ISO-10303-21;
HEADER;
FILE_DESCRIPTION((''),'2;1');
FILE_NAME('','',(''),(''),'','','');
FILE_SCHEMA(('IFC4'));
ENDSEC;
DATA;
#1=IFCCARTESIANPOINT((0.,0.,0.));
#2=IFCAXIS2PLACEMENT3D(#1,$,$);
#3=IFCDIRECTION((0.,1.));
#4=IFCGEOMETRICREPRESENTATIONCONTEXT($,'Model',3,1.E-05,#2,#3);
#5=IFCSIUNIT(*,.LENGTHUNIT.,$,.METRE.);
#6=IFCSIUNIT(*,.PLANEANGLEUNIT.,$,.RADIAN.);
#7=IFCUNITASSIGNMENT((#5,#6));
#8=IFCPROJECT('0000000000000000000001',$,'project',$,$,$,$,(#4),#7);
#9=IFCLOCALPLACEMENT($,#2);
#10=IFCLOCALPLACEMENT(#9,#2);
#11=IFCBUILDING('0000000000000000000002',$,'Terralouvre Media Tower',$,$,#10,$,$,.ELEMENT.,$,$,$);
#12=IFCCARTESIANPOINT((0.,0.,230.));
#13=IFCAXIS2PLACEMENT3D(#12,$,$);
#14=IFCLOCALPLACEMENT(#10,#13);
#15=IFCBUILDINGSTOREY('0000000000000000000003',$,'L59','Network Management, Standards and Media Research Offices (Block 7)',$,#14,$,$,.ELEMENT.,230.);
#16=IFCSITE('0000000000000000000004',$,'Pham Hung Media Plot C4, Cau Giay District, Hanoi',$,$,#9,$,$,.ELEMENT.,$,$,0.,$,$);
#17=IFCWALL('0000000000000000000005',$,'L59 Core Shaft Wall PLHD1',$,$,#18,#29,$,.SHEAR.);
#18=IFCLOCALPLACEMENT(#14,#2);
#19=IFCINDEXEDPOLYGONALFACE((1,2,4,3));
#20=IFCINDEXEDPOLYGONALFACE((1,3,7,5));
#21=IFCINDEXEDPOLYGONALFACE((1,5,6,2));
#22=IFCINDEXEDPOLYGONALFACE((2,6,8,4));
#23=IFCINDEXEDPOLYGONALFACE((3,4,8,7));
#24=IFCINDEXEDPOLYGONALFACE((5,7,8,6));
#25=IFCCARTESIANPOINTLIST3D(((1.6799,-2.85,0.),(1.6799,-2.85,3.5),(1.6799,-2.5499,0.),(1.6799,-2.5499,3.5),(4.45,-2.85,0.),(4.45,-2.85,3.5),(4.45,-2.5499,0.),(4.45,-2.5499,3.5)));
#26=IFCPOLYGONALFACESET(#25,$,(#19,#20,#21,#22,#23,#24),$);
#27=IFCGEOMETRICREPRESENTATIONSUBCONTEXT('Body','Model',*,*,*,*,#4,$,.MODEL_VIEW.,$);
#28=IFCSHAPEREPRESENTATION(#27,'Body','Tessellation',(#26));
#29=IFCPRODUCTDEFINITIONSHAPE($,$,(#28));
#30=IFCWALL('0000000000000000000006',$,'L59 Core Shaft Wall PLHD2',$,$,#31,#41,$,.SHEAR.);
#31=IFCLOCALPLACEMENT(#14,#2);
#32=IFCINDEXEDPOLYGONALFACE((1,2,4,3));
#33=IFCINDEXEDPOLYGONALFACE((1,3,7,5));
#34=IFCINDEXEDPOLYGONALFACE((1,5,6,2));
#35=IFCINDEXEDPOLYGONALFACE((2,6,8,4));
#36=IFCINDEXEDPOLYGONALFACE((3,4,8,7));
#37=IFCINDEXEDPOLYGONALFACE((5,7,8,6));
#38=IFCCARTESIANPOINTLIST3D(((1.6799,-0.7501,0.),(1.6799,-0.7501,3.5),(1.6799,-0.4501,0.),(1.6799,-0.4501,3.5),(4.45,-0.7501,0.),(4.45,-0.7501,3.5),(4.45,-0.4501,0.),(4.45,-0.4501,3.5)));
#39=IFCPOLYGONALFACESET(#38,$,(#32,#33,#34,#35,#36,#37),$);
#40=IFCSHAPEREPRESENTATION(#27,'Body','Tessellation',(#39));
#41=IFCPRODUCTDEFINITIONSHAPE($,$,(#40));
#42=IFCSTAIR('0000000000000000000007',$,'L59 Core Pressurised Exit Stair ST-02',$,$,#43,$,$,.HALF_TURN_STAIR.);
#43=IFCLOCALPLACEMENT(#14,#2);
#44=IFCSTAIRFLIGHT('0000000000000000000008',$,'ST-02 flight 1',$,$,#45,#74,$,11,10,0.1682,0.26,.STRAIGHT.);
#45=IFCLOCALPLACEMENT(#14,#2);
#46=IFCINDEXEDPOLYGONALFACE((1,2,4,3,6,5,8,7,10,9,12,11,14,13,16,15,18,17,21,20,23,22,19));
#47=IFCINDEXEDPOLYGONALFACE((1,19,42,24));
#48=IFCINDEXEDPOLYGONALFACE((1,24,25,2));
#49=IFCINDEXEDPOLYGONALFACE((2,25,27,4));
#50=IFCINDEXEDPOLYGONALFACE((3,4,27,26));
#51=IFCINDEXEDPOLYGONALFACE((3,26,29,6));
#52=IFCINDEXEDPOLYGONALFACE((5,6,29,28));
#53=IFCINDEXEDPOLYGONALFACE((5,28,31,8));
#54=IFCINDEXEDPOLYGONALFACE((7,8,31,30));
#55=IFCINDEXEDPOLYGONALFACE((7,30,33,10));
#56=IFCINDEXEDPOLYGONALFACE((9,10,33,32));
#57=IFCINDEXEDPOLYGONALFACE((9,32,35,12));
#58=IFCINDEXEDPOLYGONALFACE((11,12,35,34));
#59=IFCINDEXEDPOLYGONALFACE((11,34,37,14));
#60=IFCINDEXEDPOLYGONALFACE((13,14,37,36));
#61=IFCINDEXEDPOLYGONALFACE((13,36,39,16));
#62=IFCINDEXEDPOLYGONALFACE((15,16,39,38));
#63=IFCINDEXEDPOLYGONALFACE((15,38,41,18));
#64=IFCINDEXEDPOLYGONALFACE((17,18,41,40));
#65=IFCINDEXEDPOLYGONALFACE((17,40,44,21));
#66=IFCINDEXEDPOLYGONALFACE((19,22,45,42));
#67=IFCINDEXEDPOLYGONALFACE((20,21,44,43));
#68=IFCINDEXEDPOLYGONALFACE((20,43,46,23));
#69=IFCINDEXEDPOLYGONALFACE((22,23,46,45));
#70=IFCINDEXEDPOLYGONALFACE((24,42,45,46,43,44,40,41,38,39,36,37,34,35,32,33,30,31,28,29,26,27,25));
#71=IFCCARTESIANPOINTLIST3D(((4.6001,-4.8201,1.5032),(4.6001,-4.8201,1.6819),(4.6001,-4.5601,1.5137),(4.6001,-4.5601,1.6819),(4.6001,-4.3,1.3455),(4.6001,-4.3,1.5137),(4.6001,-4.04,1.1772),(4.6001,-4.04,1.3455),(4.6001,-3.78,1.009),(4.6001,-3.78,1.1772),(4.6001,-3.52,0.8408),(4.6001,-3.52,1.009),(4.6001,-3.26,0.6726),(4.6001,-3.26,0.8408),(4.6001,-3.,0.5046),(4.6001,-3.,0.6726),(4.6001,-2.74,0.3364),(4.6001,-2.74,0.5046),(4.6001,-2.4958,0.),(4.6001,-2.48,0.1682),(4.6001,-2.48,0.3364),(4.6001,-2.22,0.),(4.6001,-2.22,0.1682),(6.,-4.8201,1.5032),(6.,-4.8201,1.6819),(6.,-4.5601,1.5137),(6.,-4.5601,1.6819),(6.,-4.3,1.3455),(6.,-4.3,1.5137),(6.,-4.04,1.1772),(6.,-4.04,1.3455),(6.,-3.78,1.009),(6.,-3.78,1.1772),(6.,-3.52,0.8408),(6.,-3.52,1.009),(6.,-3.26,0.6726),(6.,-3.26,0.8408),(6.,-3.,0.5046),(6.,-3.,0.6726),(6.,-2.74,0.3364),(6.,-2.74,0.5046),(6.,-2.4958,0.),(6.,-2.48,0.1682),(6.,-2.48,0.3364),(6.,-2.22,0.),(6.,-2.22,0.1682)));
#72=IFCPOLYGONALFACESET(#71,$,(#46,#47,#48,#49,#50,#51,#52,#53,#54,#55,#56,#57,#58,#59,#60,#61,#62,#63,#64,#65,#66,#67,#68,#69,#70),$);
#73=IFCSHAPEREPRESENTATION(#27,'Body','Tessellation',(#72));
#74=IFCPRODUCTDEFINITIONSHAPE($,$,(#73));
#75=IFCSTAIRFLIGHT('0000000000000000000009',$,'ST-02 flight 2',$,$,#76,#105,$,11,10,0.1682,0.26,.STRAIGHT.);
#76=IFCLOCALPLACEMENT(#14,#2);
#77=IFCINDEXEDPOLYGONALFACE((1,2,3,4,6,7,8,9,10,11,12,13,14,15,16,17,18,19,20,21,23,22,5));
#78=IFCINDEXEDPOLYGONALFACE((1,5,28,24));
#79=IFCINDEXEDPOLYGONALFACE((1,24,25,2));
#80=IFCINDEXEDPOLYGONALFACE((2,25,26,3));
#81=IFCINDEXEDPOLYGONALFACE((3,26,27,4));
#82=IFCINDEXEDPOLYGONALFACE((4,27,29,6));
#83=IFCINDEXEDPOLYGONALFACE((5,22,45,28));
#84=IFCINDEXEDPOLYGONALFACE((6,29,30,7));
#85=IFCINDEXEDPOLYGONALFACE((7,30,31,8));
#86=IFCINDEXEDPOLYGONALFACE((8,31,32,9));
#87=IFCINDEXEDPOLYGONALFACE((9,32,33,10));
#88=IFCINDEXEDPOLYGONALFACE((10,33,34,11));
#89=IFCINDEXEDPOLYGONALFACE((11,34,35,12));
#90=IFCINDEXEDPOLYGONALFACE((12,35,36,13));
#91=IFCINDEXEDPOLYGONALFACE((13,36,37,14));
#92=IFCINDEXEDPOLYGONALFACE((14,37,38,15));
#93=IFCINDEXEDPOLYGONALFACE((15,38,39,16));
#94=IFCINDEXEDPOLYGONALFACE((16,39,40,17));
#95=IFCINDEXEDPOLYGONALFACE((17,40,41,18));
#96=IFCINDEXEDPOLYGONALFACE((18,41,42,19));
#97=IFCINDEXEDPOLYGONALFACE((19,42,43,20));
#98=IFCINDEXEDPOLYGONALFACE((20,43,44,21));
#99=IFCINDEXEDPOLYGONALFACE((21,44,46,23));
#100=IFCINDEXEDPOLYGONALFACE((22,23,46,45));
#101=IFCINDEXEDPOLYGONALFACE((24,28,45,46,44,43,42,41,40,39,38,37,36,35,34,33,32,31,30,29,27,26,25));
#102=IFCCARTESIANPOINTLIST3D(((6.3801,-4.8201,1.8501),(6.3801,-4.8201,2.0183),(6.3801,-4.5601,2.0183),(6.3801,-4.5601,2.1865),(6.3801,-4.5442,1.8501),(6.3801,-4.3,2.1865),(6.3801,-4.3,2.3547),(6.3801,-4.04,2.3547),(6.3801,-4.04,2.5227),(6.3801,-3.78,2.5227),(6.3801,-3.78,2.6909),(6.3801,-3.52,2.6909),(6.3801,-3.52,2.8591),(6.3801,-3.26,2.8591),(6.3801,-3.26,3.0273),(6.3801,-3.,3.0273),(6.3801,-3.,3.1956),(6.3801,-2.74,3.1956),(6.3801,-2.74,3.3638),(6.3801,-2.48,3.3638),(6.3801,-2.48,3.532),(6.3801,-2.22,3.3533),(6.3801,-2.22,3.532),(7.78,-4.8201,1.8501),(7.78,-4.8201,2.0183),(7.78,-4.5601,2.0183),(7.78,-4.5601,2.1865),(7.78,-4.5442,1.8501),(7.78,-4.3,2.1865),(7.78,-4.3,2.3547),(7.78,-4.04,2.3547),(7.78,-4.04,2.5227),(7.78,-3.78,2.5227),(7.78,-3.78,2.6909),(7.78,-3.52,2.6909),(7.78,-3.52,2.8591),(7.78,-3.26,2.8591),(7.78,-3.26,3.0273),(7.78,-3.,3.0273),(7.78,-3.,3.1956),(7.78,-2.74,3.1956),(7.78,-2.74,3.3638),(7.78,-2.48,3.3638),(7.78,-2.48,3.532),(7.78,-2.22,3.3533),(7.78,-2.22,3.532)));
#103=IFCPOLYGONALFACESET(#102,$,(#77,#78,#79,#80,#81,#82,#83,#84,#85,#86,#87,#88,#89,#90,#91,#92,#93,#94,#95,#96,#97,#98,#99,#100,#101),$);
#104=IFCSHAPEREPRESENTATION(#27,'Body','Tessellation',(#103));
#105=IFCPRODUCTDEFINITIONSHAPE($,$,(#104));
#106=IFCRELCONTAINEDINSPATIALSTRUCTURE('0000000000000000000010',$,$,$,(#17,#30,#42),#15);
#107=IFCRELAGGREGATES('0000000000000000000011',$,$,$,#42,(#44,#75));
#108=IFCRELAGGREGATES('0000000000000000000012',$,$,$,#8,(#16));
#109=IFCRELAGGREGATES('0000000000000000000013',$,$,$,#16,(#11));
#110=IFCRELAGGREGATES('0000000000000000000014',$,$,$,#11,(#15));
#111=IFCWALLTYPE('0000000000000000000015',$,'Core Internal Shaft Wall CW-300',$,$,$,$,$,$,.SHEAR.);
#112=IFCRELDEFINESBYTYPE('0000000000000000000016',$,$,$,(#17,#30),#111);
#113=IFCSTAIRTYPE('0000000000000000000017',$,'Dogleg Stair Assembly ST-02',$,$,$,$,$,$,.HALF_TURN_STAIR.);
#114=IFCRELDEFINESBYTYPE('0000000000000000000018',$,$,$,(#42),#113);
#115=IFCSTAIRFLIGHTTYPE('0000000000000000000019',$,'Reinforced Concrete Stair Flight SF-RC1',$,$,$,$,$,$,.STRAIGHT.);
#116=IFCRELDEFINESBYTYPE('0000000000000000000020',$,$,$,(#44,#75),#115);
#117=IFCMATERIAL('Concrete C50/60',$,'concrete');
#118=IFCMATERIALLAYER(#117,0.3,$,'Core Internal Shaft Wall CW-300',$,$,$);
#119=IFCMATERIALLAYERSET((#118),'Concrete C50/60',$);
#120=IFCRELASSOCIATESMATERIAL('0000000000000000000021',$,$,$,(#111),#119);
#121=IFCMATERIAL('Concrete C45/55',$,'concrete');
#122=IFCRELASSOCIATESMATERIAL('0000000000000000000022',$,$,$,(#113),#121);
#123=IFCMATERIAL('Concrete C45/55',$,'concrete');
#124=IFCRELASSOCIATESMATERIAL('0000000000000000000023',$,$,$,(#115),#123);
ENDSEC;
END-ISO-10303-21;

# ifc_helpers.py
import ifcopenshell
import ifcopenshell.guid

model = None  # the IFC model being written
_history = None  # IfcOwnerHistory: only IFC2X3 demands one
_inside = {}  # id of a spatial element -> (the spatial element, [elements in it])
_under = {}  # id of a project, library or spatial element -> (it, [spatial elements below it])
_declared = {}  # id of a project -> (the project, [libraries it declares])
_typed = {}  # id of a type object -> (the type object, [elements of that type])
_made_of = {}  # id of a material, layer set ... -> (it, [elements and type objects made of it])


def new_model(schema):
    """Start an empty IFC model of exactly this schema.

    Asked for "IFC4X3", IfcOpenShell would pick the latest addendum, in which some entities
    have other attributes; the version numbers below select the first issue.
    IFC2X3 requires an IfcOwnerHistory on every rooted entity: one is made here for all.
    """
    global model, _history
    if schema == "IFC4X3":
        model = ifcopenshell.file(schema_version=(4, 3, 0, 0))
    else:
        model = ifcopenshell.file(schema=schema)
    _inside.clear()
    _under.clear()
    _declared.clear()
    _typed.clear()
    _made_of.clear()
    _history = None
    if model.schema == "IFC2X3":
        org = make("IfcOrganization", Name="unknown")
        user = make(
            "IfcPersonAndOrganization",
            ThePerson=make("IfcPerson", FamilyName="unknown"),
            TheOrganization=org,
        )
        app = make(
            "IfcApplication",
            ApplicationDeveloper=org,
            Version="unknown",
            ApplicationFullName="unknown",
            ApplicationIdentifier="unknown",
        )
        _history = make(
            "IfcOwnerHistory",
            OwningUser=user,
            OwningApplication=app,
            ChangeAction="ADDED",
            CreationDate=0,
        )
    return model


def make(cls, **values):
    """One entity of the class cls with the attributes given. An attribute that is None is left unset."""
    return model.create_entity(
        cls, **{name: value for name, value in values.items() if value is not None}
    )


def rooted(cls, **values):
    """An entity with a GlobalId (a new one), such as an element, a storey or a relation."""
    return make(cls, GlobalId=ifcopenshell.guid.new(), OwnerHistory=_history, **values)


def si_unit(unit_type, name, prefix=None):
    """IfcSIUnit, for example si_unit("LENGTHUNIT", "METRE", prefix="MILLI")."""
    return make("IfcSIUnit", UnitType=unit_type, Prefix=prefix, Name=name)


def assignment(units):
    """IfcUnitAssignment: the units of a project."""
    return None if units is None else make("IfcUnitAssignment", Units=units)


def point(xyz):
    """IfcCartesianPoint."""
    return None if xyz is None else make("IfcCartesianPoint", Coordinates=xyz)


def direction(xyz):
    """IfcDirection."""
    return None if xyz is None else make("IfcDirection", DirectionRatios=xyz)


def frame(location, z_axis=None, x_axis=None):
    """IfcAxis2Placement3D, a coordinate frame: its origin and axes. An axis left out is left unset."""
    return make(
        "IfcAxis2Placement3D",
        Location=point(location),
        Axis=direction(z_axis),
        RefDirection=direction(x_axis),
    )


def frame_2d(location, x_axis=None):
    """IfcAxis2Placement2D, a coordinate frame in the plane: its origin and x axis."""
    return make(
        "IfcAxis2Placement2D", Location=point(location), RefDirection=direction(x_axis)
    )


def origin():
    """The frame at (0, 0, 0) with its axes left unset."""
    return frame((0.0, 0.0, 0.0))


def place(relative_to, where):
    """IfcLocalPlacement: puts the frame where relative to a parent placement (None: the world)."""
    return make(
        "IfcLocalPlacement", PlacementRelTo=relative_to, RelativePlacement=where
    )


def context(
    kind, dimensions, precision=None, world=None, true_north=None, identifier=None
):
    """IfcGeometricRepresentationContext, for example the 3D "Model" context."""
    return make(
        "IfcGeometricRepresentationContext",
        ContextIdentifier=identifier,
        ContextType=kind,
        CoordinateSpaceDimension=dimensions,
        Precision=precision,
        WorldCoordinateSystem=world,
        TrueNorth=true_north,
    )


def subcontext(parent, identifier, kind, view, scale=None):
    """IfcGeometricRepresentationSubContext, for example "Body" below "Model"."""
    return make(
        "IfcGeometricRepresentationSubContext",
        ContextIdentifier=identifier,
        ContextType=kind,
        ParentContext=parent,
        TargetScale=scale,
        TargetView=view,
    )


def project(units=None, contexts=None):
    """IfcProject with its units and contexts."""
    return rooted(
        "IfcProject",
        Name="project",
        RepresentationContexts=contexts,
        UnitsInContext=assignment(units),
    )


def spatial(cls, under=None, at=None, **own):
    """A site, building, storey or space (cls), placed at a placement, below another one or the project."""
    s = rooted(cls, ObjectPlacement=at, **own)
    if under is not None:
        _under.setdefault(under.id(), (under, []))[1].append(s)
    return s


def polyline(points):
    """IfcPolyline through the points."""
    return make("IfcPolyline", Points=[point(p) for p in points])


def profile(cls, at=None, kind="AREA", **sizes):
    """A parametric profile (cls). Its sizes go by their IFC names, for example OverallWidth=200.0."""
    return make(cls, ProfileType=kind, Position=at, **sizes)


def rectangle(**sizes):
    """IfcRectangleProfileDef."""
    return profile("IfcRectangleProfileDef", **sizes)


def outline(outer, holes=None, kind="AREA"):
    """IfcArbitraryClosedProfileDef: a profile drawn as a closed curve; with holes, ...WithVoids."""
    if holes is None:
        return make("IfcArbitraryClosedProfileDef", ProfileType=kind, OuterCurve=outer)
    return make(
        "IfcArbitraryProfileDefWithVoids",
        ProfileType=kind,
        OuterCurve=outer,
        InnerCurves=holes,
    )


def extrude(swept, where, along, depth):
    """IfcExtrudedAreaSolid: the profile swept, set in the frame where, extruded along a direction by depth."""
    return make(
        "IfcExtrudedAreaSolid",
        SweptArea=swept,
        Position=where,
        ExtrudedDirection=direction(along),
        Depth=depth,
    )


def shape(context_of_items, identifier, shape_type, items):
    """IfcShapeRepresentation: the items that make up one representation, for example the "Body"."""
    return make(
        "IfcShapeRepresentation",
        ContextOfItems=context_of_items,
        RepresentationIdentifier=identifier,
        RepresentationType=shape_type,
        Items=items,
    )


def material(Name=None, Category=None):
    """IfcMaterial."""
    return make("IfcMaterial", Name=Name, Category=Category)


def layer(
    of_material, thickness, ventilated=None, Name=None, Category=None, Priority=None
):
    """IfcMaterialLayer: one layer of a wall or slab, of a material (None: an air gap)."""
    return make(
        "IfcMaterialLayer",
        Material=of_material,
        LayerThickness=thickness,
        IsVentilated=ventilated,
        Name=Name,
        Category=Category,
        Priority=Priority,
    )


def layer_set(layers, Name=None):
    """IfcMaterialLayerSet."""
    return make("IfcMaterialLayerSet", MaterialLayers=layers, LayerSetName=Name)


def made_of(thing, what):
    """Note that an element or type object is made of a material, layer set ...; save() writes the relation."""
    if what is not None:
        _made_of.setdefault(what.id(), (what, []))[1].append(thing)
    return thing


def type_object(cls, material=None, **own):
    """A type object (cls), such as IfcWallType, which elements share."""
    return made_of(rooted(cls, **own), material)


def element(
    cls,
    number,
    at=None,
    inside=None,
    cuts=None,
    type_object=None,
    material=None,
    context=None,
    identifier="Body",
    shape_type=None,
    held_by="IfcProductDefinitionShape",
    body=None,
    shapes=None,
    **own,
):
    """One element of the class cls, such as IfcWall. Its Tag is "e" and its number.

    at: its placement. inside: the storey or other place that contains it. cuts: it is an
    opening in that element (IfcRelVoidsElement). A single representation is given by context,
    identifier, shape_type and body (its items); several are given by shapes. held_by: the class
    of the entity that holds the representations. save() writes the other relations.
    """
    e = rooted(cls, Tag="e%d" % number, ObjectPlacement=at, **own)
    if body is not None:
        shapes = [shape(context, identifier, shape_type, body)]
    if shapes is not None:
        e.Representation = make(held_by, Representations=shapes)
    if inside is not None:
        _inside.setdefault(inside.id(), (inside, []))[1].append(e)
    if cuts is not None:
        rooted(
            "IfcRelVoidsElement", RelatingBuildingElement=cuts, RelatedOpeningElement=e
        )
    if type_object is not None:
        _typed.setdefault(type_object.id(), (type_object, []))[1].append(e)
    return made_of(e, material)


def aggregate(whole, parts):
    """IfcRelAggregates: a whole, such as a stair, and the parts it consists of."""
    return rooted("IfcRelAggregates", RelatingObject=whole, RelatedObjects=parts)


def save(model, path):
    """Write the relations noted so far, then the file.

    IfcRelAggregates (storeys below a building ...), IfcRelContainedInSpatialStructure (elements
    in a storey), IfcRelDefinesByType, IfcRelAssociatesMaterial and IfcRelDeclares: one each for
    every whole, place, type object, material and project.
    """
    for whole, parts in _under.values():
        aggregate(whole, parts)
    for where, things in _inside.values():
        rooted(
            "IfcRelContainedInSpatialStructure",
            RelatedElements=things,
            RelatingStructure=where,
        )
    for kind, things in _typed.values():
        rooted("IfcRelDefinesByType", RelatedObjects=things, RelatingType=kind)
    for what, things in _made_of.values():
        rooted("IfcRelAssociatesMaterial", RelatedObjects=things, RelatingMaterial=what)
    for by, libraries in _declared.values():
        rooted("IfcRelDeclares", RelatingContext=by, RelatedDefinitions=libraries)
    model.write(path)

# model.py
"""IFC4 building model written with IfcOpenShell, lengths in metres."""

from ifc_helpers import new_model, si_unit, direction, frame, frame_2d, origin, place, context, subcontext, project, spatial, polyline, rectangle, outline, extrude, material, layer, layer_set, type_object, element, aggregate, save


model = new_model("IFC4")

# Units and contexts
model_context = context("Model", 3, precision=1e-05, world=origin(), true_north=direction((0.0, 1.0)))
body_context = subcontext(model_context, "Body", "Model", "MODEL_VIEW")
ifc_project = project(units=[si_unit("LENGTHUNIT", "METRE"), si_unit("PLANEANGLEUNIT", "RADIAN")], contexts=[model_context])

# Site, building, storey
site_placement = place(None, origin())
site = spatial("IfcSite", under=ifc_project, at=site_placement, Name="Pham Hung Media Plot C4, Cau Giay District, Hanoi", CompositionType="ELEMENT", RefElevation=0.0)
building_placement = place(site_placement, origin())
building = spatial("IfcBuilding", under=site, at=building_placement, Name="Terralouvre Media Tower", CompositionType="ELEMENT")
storey_placement = place(building_placement, frame((0.0, 0.0, 230.0)))
storey = spatial("IfcBuildingStorey", under=building, at=storey_placement, Name="L59", Description="Network Management, Standards and Media Research Offices (Block 7)", CompositionType="ELEMENT", Elevation=230.0)

# Shared definitions
ifc_material_1 = material(Name="Concrete C50/60", Category="concrete")
ifc_layer_1 = layer(ifc_material_1, 0.3, Name="Core Internal Shaft Wall CW-300")
ifc_layer_set_1 = layer_set([ifc_layer_1], Name="Concrete C50/60")
wall_type = type_object("IfcWallType", Name="Core Internal Shaft Wall CW-300", PredefinedType="SHEAR", material=ifc_layer_set_1)

# Walls
for number, where, z_axis, x_axis, name in (
    (1, (1.6799, -2.7, 0.0), (0.0, 0.0, 1.0), (1.0, 0.0, 0.0), "L59 Core Shaft Wall PLHD1"),
    (2, (1.6799, -0.6001, 0.0), (0.0, 0.0, 1.0), (1.0, 0.0, 0.0), "L59 Core Shaft Wall PLHD2"),
):
    element("IfcWall", number, at=place(storey_placement, frame(where, z_axis=z_axis, x_axis=x_axis)), inside=storey, type_object=wall_type, Name=name, PredefinedType="SHEAR", context=body_context, shape_type="SweptSolid", body=[
        extrude(rectangle(XDim=2.77, YDim=0.3, at=frame_2d((1.385, 0.0))), origin(), (0.0, 0.0, 1.0), 3.5),
    ])

# Stair, stair flights
ifc_material_2 = material(Name="Concrete C45/55", Category="concrete")
stair_type = type_object("IfcStairType", Name="Dogleg Stair Assembly ST-02", PredefinedType="HALF_TURN_STAIR", material=ifc_material_2)
stair_placement = place(storey_placement, origin())
stair = element("IfcStair", 3, at=stair_placement, inside=storey, type_object=stair_type, Name="L59 Core Pressurised Exit Stair ST-02", PredefinedType="HALF_TURN_STAIR")
ifc_material_3 = material(Name="Concrete C45/55", Category="concrete")
stair_flight_type = type_object("IfcStairFlightType", Name="Reinforced Concrete Stair Flight SF-RC1", PredefinedType="STRAIGHT", material=ifc_material_3)
stair_flight_1_placement = place(storey_placement, frame((5.3, -2.22, 0.0), z_axis=(0.0, 0.0, 1.0), x_axis=(0.0, -1.0, 0.0)))
stair_flight_1 = element("IfcStairFlight", 4, at=stair_flight_1_placement, type_object=stair_flight_type, Name="ST-02 flight 1", NumberOfRisers=11, NumberOfTreads=10, PredefinedType="STRAIGHT", RiserHeight=0.1682, TreadLength=0.26, context=body_context, shape_type="SweptSolid", body=[
    extrude(outline(polyline([(0.0, 0.0), (0.0, 0.1682), (0.26, 0.1682), (0.26, 0.3364), (0.52, 0.3364), (0.52, 0.5046), (0.78, 0.5046), (0.78, 0.6726), (1.04, 0.6726), (1.04, 0.8408), (1.3, 0.8408), (1.3, 1.009), (1.5601, 1.009), (1.5601, 1.1772), (1.8201, 1.1772), (1.8201, 1.3455), (2.0801, 1.3455), (2.0801, 1.5137), (2.3401, 1.5137), (2.3401, 1.6819), (2.6001, 1.6819), (2.6001, 1.8501), (2.6001, 1.5032), (0.2759, 0.0), (0.0, 0.0)])), frame((0.0, 0.7, 0.0), z_axis=(0.0, -1.0, 0.0), x_axis=(1.0, 0.0, 0.0)), (0.0, 0.0, 1.0), 1.3999),
])
stair_flight_2_placement = place(storey_placement, frame((7.0801, -4.8201, 1.8501), z_axis=(0.0, 0.0, 1.0), x_axis=(0.0, 1.0, 0.0)))
stair_flight_2 = element("IfcStairFlight", 5, at=stair_flight_2_placement, type_object=stair_flight_type, Name="ST-02 flight 2", NumberOfRisers=11, NumberOfTreads=10, PredefinedType="STRAIGHT", RiserHeight=0.1682, TreadLength=0.26, context=body_context, shape_type="SweptSolid", body=[
    extrude(outline(polyline([(0.0, 0.0), (0.0, 0.1682), (0.26, 0.1682), (0.26, 0.3364), (0.52, 0.3364), (0.52, 0.5046), (0.78, 0.5046), (0.78, 0.6726), (1.04, 0.6726), (1.04, 0.8408), (1.3, 0.8408), (1.3, 1.009), (1.5601, 1.009), (1.5601, 1.1772), (1.8201, 1.1772), (1.8201, 1.3455), (2.0801, 1.3455), (2.0801, 1.5137), (2.3401, 1.5137), (2.3401, 1.6819), (2.6001, 1.6819), (2.6001, 1.8501), (2.6001, 1.5032), (0.2759, 0.0), (0.0, 0.0)])), frame((0.0, 0.7, 0.0), z_axis=(0.0, -1.0, 0.0), x_axis=(1.0, 0.0, 0.0)), (0.0, 0.0, 1.0), 1.3999),
])
aggregate(stair, [stair_flight_1, stair_flight_2])

save(model, "model.ifc")
